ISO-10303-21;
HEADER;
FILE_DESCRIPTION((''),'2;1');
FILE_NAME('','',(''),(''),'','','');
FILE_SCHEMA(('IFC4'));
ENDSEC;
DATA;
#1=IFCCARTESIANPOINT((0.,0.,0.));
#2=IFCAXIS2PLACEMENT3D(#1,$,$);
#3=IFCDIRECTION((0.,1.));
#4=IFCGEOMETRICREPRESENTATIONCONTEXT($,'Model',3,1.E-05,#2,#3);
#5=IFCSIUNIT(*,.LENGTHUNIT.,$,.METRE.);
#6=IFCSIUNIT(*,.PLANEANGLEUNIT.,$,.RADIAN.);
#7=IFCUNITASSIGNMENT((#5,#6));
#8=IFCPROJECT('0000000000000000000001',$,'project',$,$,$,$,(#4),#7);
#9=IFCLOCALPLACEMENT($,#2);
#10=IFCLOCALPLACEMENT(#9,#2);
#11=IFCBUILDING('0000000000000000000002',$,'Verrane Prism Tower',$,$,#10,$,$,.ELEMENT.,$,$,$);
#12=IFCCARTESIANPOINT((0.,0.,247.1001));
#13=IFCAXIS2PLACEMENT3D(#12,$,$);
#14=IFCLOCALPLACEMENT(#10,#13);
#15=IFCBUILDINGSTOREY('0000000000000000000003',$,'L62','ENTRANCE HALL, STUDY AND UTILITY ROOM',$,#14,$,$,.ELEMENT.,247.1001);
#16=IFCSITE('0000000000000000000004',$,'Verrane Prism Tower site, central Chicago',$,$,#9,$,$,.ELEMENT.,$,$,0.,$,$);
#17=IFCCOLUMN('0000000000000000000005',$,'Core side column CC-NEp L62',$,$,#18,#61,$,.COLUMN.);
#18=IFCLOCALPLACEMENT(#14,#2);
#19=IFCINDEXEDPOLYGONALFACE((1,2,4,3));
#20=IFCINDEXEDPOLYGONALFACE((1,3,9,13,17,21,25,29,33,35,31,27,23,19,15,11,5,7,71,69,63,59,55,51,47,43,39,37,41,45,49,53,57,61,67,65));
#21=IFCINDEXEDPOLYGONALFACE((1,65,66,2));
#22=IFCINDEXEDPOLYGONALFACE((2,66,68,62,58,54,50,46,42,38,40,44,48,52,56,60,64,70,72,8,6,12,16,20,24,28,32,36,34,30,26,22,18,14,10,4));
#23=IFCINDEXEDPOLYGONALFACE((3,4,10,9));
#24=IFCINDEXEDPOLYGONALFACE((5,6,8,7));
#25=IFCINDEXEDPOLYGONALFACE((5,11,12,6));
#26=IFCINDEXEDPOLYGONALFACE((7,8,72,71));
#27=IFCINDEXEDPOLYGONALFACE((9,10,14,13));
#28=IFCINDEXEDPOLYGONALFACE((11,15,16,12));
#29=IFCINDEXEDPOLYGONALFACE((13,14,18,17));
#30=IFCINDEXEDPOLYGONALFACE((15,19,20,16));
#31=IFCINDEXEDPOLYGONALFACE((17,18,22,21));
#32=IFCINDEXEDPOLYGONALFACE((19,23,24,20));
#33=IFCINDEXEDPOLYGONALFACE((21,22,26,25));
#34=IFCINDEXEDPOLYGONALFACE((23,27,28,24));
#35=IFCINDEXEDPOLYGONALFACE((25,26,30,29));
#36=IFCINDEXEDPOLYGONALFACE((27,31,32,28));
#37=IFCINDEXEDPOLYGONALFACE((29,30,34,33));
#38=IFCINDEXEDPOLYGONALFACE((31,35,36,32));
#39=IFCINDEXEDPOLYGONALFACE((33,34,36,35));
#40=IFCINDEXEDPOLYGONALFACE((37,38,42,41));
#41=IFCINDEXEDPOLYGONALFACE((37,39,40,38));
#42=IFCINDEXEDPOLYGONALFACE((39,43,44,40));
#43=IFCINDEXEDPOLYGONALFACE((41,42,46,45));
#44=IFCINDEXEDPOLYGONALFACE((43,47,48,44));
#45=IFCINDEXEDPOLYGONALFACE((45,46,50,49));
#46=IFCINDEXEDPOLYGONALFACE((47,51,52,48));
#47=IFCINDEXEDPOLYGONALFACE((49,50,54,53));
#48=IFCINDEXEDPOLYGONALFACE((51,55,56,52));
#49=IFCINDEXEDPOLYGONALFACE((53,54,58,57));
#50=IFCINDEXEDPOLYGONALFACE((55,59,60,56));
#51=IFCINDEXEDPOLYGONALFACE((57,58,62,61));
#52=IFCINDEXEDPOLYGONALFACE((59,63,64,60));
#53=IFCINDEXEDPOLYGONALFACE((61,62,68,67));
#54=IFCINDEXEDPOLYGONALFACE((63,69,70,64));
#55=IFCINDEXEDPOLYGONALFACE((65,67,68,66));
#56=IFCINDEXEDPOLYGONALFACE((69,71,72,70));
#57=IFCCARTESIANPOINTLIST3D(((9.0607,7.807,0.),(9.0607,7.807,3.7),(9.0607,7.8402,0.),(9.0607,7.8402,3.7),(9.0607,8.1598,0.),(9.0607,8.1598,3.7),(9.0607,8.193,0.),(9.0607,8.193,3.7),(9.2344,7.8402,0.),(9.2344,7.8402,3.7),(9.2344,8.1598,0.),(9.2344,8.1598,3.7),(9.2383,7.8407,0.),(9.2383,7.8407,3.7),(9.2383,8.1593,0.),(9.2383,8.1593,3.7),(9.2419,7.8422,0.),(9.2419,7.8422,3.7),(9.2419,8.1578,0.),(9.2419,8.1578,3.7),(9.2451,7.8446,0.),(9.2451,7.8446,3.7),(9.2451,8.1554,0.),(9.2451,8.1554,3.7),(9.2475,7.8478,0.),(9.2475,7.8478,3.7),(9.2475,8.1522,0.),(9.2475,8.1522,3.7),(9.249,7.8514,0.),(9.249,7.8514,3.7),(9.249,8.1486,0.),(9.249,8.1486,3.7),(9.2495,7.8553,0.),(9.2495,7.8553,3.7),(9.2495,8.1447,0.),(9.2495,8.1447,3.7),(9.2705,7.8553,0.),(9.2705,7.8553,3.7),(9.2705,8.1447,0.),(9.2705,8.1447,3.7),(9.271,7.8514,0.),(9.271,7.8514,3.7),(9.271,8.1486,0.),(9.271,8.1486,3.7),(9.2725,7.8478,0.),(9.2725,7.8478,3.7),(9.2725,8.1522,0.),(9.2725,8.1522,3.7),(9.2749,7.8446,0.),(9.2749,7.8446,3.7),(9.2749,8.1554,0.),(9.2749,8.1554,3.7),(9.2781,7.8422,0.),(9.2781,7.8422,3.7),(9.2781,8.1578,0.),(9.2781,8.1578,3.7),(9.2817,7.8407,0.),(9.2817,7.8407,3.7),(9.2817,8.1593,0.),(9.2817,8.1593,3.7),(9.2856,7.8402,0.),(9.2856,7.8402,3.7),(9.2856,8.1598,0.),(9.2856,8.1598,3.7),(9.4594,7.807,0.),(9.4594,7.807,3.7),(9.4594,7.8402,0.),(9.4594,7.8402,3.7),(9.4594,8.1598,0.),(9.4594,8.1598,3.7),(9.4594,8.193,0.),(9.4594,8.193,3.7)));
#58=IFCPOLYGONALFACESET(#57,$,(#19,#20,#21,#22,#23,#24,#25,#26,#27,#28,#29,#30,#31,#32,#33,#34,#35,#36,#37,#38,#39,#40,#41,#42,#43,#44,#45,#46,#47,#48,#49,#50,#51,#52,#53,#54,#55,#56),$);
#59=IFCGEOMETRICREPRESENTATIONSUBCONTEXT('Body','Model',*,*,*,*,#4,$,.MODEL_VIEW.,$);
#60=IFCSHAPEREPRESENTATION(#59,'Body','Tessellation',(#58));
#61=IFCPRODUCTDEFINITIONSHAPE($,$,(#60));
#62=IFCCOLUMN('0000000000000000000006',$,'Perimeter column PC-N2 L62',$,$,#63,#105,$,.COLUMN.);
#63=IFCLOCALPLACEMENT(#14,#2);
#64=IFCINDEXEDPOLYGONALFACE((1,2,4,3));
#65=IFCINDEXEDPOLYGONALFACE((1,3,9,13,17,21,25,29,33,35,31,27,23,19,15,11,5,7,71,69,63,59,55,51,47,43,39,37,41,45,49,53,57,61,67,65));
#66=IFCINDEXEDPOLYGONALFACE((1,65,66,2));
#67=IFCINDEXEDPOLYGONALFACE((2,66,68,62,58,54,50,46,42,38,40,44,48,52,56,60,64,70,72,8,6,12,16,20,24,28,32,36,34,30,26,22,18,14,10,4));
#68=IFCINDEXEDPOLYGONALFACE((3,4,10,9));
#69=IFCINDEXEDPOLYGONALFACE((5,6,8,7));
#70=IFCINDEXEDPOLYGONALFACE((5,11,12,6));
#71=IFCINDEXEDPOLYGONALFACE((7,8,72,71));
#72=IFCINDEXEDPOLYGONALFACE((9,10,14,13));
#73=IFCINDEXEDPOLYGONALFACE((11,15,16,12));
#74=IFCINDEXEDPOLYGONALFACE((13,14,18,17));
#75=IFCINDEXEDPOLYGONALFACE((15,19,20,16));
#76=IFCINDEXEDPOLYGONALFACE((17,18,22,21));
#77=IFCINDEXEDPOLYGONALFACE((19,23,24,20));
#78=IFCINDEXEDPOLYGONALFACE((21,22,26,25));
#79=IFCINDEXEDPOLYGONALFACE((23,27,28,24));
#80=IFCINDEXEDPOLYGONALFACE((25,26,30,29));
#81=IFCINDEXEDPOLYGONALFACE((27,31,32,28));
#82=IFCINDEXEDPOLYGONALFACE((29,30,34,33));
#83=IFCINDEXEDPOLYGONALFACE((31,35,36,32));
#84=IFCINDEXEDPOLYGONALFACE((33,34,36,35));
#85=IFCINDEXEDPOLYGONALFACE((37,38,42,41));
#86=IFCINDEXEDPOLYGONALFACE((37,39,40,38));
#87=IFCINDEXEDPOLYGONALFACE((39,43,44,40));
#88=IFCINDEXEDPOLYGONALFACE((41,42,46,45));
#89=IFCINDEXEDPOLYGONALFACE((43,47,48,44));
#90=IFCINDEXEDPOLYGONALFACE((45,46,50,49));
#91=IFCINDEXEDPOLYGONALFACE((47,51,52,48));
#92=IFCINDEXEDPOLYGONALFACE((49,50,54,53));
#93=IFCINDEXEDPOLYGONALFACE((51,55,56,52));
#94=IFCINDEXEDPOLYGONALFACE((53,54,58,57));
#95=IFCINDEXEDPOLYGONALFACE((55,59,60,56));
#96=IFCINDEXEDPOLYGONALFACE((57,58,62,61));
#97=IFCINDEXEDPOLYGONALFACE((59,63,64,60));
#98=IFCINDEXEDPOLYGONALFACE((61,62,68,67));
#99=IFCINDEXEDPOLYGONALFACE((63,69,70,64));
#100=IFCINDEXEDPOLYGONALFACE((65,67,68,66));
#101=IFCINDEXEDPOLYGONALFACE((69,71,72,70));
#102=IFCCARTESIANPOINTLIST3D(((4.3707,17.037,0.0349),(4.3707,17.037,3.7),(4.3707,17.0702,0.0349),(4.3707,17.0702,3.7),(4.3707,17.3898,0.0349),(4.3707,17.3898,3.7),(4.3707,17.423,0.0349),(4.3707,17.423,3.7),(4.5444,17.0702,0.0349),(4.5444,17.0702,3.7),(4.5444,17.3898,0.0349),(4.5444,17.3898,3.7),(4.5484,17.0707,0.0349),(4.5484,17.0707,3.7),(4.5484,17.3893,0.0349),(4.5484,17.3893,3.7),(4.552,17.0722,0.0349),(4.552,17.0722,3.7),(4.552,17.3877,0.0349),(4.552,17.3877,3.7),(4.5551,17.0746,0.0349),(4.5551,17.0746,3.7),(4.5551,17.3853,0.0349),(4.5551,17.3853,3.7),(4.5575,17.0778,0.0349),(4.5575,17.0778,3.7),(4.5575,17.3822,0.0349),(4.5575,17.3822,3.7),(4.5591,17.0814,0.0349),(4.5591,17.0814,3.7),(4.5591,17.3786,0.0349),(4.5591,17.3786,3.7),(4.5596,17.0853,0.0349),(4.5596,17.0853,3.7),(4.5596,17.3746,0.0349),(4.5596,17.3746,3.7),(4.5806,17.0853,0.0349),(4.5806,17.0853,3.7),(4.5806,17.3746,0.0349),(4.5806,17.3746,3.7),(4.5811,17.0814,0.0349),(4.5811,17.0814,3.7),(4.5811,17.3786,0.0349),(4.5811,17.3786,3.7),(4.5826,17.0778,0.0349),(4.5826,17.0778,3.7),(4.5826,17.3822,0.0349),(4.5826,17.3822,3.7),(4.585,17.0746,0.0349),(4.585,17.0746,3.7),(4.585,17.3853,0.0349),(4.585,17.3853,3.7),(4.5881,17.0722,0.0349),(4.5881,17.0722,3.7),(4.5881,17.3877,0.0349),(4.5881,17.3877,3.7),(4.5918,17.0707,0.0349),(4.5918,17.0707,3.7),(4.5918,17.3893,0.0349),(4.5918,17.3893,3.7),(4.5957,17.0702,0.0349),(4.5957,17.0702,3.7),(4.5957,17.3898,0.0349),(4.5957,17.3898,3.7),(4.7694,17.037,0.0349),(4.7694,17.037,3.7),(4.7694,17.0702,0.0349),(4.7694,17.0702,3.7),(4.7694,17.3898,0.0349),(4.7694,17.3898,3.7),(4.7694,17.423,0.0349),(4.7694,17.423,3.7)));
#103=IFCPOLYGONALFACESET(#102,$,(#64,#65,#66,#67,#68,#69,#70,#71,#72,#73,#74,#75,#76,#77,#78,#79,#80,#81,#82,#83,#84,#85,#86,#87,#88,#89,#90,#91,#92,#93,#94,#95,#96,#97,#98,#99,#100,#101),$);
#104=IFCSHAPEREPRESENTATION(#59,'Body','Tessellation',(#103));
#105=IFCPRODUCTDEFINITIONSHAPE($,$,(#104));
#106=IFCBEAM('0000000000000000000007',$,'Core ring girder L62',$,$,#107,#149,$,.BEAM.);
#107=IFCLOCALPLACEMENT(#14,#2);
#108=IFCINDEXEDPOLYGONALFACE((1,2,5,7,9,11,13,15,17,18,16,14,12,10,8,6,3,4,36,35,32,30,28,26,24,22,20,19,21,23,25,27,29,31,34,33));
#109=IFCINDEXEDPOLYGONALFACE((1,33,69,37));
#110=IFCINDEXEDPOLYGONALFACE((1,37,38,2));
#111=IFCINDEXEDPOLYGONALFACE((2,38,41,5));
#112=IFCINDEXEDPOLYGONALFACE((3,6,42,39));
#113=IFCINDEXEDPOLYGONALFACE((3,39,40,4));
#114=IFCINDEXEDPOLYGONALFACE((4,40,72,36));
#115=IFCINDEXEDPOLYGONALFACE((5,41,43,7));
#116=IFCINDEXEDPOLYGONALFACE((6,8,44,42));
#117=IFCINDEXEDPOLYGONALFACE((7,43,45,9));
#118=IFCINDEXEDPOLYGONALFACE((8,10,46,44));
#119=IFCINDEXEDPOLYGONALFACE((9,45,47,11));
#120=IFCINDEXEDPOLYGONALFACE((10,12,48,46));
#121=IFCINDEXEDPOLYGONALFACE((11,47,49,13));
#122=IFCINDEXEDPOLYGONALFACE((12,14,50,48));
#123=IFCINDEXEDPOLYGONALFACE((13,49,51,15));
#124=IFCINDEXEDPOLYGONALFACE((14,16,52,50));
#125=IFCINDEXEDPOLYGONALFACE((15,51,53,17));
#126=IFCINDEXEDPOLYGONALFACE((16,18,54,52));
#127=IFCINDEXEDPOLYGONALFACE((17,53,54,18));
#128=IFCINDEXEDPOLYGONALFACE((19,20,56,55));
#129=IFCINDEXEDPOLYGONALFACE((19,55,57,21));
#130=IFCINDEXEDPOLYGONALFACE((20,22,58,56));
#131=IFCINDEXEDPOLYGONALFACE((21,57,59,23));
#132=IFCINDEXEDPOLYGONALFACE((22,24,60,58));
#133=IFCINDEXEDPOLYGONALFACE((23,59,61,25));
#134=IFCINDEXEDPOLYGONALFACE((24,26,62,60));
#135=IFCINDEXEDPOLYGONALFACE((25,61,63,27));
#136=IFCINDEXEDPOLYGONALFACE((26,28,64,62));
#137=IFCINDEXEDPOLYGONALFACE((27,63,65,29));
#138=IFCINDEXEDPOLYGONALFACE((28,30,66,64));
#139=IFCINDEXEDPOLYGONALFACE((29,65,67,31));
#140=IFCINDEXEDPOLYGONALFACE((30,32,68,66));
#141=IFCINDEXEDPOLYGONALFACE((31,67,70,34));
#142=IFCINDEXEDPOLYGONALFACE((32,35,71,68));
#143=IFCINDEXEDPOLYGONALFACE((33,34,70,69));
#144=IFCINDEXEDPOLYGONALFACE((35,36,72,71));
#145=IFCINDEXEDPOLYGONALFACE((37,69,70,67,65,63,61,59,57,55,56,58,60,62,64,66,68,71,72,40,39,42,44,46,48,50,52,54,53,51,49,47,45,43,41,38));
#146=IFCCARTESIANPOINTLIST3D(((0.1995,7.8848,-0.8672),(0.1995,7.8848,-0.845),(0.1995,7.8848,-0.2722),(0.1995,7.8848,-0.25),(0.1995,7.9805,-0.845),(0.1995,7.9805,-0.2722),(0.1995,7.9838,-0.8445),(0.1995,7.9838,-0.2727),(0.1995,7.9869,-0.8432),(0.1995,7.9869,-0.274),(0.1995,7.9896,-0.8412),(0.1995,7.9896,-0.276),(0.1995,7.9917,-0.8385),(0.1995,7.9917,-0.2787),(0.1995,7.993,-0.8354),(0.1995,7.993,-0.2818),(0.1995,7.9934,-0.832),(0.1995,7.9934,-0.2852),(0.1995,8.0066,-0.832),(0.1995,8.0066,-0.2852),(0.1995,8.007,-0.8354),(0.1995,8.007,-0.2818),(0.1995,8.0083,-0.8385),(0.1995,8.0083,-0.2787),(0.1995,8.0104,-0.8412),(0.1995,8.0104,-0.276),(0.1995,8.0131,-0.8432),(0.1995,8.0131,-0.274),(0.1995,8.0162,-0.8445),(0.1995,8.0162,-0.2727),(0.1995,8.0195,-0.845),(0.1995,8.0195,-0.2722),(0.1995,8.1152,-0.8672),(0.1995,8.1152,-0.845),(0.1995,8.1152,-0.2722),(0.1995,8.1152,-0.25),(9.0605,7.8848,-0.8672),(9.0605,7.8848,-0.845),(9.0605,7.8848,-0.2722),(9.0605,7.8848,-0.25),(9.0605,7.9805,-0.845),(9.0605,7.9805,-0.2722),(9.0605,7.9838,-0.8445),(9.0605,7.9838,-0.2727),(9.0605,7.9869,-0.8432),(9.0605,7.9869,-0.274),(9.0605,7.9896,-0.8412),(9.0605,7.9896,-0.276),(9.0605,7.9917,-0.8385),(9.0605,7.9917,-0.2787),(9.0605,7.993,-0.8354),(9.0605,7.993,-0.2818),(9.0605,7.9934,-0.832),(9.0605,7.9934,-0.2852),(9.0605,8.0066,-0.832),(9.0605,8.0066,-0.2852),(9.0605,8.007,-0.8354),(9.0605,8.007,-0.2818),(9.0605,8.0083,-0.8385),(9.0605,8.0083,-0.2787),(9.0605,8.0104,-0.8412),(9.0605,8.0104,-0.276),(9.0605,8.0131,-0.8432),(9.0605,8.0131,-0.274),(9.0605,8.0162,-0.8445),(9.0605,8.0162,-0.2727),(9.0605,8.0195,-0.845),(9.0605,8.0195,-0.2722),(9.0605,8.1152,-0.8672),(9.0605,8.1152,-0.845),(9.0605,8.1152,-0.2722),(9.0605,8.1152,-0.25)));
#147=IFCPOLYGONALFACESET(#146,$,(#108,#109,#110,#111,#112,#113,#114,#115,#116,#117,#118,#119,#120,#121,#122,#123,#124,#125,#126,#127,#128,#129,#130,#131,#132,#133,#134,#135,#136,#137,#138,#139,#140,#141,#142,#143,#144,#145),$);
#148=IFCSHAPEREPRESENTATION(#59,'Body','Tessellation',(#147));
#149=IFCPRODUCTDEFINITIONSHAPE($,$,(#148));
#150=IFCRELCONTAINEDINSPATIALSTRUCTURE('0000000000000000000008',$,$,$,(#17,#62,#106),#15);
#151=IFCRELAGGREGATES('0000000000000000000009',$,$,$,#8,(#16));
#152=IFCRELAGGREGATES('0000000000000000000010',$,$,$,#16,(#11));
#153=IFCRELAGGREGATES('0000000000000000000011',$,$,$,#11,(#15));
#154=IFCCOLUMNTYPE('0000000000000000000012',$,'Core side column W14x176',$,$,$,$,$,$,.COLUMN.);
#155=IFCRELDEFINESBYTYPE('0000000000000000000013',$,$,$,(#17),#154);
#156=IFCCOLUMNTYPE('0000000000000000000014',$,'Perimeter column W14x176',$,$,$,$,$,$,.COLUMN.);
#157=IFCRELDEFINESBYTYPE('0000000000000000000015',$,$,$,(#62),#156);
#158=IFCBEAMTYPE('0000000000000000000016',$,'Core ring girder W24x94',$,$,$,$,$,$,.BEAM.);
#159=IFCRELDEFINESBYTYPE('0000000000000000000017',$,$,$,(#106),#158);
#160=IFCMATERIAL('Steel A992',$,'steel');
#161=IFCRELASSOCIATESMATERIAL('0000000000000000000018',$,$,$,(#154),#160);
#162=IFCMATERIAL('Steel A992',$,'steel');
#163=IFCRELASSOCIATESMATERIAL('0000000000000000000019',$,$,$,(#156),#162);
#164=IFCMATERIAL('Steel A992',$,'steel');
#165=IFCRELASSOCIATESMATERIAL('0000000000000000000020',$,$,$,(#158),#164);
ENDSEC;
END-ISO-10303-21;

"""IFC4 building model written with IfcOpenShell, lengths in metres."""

from ifc_helpers import new_model, si_unit, direction, frame, origin, origin_2d, place, context, subcontext, project, spatial, i_section, extrude, material, material_profile, profile_set, type_object, element, save


model = new_model("IFC4")

# Units and contexts
model_context = context("Model", 3, precision=1e-05, world=origin(), true_north=direction((0.0, 1.0)))
body_context = subcontext(model_context, "Body", "Model", "MODEL_VIEW")
ifc_project = project(units=[si_unit("LENGTHUNIT", "METRE"), si_unit("PLANEANGLEUNIT", "RADIAN")], contexts=[model_context])

# Site, building, storey
site_placement = place(None, origin())
site = spatial("IfcSite", under=ifc_project, at=site_placement, Name="Verrane Prism Tower site, central Chicago", CompositionType="ELEMENT", RefElevation=0.0)
building_placement = place(site_placement, origin())
building = spatial("IfcBuilding", under=site, at=building_placement, Name="Verrane Prism Tower", CompositionType="ELEMENT")
storey_placement = place(building_placement, frame((0.0, 0.0, 247.1001)))
storey = spatial("IfcBuildingStorey", under=building, at=storey_placement, Name="L62", Description="ENTRANCE HALL, STUDY AND UTILITY ROOM", CompositionType="ELEMENT", Elevation=247.1001)

# Columns
ifc_material_1 = material(Name="Steel A992", Category="steel")
ifc_material_profile_1 = material_profile(ifc_material_1, i_section(OverallWidth=0.3987, OverallDepth=0.386, WebThickness=0.021, FlangeThickness=0.0332, FilletRadius=0.0151, at=origin_2d()), Name="W14x176")
ifc_profile_set_1 = profile_set([ifc_material_profile_1], Name="Steel A992")
column_type_1 = type_object("IfcColumnType", Name="Core side column W14x176", PredefinedType="COLUMN", material=ifc_profile_set_1)
column_1_placement = place(storey_placement, frame((9.26, 8.0, 0.0), z_axis=(0.0, 0.0, 1.0), x_axis=(1.0, 0.0, 0.0)))
element("IfcColumn", 1, at=column_1_placement, inside=storey, type_object=column_type_1, Name="Core side column CC-NEp L62", PredefinedType="COLUMN", context=body_context, shape_type="SweptSolid", body=[
    extrude(i_section(OverallWidth=0.3987, OverallDepth=0.386, WebThickness=0.021, FlangeThickness=0.0332, FilletRadius=0.0151, at=origin_2d()), origin(), (0.0, 0.0, 1.0), 3.7),
])
ifc_material_2 = material(Name="Steel A992", Category="steel")
ifc_material_profile_2 = material_profile(ifc_material_2, i_section(OverallWidth=0.3987, OverallDepth=0.386, WebThickness=0.021, FlangeThickness=0.0332, FilletRadius=0.0151, at=origin_2d()), Name="W14x176")
ifc_profile_set_2 = profile_set([ifc_material_profile_2], Name="Steel A992")
column_type_2 = type_object("IfcColumnType", Name="Perimeter column W14x176", PredefinedType="COLUMN", material=ifc_profile_set_2)
column_2_placement = place(storey_placement, frame((4.5701, 17.23, 0.0349), z_axis=(0.0, 0.0, 1.0), x_axis=(1.0, 0.0, 0.0)))
element("IfcColumn", 2, at=column_2_placement, inside=storey, type_object=column_type_2, Name="Perimeter column PC-N2 L62", PredefinedType="COLUMN", context=body_context, shape_type="SweptSolid", body=[
    extrude(i_section(OverallWidth=0.3987, OverallDepth=0.386, WebThickness=0.021, FlangeThickness=0.0332, FilletRadius=0.0151, at=origin_2d()), origin(), (0.0, 0.0, 1.0), 3.665),
])

# Beam
ifc_material_3 = material(Name="Steel A992", Category="steel")
ifc_material_profile_3 = material_profile(ifc_material_3, i_section(OverallWidth=0.2305, OverallDepth=0.6172, WebThickness=0.0132, FlangeThickness=0.0222, FilletRadius=0.0129, at=origin_2d()), Name="W24x94")
ifc_profile_set_3 = profile_set([ifc_material_profile_3], Name="Steel A992")
beam_type_1 = type_object("IfcBeamType", Name="Core ring girder W24x94", PredefinedType="BEAM", material=ifc_profile_set_3)
beam_1_placement = place(storey_placement, frame((9.0605, 8.0, -0.5586), z_axis=(-1.0, 0.0, 0.0), x_axis=(0.0, -1.0, 0.0)))
element("IfcBeam", 3, at=beam_1_placement, inside=storey, type_object=beam_type_1, Name="Core ring girder L62", PredefinedType="BEAM", context=body_context, shape_type="SweptSolid", body=[
    extrude(i_section(OverallWidth=0.2305, OverallDepth=0.6172, WebThickness=0.0132, FlangeThickness=0.0222, FilletRadius=0.0129, at=origin_2d()), origin(), (0.0, 0.0, 1.0), 8.8611),
])

save(model, "model.ifc")
